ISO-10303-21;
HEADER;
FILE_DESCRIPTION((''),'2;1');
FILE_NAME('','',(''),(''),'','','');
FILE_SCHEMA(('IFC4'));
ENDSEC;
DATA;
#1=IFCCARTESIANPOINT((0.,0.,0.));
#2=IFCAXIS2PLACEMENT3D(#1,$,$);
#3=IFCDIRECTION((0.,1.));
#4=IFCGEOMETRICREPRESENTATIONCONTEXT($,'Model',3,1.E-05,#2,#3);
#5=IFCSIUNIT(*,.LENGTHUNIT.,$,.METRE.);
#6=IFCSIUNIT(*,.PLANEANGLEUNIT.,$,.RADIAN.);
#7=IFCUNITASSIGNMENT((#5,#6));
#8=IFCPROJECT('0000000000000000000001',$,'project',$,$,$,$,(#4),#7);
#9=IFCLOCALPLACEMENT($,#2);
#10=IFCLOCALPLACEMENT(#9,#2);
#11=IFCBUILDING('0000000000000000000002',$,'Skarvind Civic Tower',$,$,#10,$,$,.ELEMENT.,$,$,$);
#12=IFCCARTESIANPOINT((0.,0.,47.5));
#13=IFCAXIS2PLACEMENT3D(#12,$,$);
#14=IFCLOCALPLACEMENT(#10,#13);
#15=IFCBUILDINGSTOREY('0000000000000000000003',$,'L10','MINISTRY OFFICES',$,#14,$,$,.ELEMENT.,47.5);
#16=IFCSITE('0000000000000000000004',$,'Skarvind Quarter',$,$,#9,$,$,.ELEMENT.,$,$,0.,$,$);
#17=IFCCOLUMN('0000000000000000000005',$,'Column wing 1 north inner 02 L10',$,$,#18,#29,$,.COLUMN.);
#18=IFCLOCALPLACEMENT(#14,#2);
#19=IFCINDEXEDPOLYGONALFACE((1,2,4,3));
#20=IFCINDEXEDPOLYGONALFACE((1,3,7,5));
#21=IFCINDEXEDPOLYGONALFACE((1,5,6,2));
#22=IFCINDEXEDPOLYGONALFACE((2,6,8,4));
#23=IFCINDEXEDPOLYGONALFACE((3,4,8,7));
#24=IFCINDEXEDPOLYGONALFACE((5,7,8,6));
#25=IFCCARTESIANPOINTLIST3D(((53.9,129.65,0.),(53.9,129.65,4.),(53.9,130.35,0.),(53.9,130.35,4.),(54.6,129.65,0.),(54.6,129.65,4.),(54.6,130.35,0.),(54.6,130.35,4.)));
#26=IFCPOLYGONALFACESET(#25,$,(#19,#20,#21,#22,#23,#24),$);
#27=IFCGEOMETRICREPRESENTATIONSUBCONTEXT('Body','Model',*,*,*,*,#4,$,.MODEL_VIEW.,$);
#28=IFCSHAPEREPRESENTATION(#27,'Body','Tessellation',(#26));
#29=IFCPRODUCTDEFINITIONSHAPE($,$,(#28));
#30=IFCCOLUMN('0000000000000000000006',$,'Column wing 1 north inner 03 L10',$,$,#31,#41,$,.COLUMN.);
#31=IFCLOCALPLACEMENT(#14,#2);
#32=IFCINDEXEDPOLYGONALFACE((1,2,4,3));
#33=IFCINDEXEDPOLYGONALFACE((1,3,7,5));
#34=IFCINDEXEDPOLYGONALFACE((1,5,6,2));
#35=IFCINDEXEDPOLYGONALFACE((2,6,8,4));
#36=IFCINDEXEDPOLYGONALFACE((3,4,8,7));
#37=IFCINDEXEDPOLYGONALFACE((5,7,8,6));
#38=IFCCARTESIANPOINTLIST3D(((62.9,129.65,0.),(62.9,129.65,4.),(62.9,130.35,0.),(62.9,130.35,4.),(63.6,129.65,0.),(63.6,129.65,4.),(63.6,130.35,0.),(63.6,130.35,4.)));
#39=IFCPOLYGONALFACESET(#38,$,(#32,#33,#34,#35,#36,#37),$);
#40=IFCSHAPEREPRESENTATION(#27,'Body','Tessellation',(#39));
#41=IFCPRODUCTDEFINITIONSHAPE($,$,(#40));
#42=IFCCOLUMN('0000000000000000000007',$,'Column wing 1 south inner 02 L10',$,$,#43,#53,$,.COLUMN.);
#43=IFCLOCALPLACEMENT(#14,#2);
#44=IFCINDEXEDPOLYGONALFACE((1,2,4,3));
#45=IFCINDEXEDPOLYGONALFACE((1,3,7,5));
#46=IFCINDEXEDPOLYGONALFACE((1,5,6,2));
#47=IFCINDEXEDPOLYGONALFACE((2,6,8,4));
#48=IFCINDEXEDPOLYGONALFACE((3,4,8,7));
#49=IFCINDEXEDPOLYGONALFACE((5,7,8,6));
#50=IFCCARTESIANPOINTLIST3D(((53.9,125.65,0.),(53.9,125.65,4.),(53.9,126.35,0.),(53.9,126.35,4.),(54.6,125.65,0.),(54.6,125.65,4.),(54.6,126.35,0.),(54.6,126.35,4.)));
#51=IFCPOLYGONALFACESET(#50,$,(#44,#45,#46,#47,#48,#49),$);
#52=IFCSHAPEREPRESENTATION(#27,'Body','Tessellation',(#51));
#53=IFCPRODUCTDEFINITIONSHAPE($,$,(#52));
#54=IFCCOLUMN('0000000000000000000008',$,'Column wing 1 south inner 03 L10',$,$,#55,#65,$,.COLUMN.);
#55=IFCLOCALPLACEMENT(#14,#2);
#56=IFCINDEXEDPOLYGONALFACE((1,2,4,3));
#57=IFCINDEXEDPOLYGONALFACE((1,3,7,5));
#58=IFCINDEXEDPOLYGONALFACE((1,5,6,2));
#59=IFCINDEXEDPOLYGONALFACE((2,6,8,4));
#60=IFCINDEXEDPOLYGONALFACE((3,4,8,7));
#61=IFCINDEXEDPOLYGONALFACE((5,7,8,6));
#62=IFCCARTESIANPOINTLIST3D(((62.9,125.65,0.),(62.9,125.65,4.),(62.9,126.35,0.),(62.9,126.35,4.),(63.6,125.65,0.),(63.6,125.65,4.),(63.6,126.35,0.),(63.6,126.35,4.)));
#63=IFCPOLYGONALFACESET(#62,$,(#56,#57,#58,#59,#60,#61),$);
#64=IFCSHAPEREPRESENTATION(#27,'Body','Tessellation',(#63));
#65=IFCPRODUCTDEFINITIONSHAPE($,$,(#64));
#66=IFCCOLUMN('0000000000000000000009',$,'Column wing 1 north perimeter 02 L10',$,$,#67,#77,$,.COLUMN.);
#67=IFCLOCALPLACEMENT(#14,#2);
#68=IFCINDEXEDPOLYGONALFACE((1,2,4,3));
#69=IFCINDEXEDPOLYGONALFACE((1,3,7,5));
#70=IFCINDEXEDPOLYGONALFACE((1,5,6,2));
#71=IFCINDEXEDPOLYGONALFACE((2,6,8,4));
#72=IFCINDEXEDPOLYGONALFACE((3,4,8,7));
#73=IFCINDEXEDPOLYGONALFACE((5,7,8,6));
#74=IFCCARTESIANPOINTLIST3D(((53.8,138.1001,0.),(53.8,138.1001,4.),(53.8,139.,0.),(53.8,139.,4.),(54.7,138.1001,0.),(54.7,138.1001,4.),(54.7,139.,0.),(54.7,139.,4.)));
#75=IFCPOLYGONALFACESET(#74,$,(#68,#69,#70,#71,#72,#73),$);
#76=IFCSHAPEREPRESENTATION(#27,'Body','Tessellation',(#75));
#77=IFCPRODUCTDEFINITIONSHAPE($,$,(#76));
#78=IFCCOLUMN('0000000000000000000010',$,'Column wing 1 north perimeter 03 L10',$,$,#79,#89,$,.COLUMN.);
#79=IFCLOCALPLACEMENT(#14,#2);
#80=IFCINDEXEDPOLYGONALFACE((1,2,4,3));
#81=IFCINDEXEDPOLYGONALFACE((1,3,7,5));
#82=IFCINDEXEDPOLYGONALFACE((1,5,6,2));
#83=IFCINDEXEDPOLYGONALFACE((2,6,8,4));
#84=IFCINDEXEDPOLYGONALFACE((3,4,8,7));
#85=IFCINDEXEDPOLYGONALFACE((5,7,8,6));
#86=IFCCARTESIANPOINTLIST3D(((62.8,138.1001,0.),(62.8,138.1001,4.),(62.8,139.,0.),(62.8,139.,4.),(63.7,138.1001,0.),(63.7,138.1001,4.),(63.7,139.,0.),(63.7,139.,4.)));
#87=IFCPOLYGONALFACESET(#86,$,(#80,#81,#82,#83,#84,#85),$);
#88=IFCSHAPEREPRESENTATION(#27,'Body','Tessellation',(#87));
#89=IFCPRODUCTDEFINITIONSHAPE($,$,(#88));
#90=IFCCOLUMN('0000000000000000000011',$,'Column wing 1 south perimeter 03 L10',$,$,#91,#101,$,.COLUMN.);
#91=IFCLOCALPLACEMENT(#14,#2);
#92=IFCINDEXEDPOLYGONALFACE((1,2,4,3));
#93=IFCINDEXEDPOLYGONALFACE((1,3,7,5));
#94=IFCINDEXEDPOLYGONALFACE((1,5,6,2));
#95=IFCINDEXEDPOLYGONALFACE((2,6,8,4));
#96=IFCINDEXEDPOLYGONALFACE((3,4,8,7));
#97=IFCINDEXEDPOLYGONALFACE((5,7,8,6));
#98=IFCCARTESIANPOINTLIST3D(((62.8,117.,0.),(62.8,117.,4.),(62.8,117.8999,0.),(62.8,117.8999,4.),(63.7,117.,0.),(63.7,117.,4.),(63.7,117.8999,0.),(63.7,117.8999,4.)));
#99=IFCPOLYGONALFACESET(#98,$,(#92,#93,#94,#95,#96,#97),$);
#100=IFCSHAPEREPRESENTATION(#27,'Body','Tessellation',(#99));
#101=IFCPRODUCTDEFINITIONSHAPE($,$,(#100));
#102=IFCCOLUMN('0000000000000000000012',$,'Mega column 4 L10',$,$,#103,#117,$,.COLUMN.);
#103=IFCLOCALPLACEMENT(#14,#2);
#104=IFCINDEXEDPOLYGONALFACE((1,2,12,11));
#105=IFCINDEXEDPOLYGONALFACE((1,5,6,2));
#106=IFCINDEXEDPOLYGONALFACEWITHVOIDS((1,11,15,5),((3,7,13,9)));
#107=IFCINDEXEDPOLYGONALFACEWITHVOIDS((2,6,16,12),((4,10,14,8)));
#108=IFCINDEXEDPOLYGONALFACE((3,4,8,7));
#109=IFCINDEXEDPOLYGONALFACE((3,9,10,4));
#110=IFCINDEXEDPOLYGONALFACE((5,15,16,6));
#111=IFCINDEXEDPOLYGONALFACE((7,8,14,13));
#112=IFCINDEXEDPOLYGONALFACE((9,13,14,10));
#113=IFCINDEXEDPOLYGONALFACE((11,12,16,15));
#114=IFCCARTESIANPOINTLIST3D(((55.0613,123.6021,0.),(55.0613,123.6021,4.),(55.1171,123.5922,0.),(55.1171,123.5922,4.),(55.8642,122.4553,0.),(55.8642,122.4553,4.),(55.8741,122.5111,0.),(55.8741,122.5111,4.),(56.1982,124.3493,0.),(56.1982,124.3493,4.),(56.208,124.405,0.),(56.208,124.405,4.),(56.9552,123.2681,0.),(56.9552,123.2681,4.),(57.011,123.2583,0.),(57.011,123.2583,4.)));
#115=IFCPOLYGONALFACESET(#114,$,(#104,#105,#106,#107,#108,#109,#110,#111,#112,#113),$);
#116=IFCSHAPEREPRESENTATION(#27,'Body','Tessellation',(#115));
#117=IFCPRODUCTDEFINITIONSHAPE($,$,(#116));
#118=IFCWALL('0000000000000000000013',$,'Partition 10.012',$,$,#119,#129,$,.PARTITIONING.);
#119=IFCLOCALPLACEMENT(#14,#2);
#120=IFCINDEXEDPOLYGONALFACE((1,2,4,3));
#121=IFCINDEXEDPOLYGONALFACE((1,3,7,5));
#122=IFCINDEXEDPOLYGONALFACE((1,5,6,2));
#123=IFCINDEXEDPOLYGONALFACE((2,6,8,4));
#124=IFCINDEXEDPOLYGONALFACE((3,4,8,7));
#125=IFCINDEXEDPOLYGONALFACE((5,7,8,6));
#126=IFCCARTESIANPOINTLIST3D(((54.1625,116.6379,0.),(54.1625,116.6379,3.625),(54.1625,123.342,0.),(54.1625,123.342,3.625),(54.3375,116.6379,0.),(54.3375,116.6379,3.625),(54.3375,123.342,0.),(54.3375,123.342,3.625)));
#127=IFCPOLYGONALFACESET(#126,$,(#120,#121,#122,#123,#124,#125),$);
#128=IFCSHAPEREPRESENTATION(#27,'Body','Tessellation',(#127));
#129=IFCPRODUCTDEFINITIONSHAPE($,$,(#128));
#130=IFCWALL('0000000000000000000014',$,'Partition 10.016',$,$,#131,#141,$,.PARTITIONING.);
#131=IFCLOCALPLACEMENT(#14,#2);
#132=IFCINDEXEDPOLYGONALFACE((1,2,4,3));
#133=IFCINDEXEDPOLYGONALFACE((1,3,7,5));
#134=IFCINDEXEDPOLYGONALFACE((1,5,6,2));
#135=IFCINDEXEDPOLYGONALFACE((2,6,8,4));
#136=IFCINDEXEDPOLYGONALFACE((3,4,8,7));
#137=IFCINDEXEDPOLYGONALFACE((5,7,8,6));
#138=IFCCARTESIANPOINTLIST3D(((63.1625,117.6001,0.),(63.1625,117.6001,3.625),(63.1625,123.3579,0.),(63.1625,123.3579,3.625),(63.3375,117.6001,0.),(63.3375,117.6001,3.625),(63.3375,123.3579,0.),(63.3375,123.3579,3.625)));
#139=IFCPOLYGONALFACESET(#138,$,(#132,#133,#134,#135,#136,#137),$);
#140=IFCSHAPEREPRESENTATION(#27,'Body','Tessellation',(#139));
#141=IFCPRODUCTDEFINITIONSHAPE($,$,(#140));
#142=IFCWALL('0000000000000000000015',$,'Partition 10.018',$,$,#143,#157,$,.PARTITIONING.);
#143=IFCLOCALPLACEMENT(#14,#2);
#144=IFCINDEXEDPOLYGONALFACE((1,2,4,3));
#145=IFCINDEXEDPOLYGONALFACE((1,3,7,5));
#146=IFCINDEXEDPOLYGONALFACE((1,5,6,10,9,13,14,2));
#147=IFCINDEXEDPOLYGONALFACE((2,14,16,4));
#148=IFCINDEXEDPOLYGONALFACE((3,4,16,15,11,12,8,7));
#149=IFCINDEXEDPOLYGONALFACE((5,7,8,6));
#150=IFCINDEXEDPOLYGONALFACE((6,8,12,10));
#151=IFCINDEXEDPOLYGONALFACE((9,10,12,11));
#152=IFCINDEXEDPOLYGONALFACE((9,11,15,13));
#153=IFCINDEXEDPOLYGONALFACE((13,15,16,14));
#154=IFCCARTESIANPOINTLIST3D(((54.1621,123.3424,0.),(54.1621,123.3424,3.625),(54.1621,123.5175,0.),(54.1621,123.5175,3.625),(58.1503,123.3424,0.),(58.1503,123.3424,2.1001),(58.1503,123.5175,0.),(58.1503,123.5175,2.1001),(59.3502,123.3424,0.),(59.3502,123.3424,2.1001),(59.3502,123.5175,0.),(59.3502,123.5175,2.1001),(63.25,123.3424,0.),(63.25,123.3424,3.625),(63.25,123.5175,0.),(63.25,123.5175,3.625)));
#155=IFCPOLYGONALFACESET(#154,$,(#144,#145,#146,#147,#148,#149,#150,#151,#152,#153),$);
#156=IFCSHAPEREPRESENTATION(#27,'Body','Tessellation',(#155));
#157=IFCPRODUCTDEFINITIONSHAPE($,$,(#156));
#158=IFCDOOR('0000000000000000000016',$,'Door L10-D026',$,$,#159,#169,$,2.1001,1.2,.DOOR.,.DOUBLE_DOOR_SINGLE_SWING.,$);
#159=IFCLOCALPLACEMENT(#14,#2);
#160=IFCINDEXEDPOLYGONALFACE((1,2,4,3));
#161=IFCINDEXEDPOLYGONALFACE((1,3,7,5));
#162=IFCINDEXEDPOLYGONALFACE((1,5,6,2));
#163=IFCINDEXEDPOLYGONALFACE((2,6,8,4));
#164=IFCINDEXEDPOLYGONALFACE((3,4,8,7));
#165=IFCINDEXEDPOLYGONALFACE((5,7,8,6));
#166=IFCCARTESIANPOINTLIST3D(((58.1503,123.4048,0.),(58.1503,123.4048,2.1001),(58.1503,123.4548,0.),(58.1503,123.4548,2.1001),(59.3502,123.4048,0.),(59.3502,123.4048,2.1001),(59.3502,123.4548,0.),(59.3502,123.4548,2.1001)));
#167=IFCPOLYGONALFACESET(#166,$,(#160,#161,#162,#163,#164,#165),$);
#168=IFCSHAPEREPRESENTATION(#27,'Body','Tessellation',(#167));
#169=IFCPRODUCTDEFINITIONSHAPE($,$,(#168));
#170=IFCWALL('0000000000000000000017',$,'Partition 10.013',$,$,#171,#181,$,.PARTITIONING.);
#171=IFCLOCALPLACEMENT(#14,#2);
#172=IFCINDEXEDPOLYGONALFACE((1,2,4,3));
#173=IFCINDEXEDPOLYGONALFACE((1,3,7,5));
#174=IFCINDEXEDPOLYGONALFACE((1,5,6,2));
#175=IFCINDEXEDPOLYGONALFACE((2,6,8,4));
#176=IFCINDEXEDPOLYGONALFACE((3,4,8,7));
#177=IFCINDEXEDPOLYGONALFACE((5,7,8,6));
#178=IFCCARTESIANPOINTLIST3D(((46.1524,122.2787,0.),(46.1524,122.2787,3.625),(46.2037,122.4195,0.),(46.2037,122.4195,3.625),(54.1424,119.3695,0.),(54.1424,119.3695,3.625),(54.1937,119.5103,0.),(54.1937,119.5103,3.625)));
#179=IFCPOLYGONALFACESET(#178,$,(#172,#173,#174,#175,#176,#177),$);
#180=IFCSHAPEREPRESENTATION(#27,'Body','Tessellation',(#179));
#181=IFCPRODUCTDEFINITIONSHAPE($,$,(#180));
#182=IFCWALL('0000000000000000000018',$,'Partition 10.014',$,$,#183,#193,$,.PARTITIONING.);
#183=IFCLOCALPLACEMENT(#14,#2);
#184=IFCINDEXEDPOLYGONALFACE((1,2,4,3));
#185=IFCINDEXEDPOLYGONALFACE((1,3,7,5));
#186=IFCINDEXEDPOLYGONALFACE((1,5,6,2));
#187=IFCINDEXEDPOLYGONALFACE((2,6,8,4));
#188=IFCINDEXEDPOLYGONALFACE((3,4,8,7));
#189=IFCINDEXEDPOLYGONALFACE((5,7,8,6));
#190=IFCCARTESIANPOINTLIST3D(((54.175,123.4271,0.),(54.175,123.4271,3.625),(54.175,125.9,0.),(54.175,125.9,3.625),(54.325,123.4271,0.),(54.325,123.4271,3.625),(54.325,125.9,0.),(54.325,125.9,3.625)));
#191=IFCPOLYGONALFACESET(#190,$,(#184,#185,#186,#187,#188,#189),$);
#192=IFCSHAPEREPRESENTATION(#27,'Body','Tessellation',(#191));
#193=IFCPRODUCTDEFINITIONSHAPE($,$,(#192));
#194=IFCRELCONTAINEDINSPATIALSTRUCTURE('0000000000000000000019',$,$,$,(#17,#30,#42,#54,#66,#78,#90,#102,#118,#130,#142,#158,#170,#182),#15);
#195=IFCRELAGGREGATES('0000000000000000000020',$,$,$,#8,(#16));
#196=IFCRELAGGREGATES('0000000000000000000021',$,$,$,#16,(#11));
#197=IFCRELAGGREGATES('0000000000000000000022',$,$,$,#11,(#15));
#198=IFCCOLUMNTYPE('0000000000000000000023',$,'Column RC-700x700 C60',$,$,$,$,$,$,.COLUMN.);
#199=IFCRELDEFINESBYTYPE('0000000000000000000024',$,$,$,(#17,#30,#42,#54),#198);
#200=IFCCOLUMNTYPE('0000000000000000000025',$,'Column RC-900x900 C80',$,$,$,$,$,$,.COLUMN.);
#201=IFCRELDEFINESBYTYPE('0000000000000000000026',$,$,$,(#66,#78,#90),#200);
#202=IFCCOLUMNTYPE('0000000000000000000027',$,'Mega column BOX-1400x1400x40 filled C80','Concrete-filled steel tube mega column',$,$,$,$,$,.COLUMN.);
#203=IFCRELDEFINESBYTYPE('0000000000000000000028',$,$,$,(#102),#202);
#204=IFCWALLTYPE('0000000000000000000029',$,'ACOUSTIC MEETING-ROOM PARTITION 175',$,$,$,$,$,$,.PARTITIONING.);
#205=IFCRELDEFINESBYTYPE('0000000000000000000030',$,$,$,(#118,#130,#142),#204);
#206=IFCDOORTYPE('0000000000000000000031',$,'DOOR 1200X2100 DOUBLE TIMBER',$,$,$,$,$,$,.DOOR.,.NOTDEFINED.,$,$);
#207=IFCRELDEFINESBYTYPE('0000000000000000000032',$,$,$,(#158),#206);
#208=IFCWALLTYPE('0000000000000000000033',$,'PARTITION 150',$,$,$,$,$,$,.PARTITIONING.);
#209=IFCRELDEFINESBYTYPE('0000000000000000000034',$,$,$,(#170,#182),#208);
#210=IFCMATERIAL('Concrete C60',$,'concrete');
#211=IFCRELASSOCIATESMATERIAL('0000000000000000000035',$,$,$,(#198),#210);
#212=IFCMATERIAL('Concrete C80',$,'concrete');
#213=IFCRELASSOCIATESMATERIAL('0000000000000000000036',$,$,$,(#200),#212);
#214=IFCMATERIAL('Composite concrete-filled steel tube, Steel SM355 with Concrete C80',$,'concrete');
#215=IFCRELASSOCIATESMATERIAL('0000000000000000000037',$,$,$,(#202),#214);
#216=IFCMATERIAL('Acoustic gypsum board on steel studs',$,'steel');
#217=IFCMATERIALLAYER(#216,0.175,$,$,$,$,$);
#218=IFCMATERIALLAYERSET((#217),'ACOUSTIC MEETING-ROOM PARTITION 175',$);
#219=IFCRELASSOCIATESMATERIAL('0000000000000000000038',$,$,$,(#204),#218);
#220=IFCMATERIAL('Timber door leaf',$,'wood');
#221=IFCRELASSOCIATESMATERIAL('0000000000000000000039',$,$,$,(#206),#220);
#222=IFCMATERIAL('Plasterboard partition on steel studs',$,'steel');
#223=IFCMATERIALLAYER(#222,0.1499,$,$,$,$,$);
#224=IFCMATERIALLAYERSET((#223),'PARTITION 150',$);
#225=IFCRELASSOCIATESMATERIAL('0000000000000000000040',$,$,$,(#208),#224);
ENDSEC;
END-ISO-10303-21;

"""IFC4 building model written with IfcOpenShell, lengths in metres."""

from ifc_helpers import new_model, si_unit, direction, frame, frame_2d, origin, origin_2d, place, context, subcontext, project, spatial, rectangle, hollow_rectangle, extrude, material, layer, layer_set, material_profile, profile_set, type_object, element, fill, save


model = new_model("IFC4")

# Units and contexts
model_context = context("Model", 3, precision=1e-05, world=origin(), true_north=direction((0.0, 1.0)))
body_context = subcontext(model_context, "Body", "Model", "MODEL_VIEW")
ifc_project = project(units=[si_unit("LENGTHUNIT", "METRE"), si_unit("PLANEANGLEUNIT", "RADIAN")], contexts=[model_context])

# Site, building, storey
site_placement = place(None, origin())
site = spatial("IfcSite", under=ifc_project, at=site_placement, Name="Skarvind Quarter", CompositionType="ELEMENT", RefElevation=0.0)
building_placement = place(site_placement, origin())
building = spatial("IfcBuilding", under=site, at=building_placement, Name="Skarvind Civic Tower", CompositionType="ELEMENT")
storey_placement = place(building_placement, frame((0.0, 0.0, 47.5)))
storey = spatial("IfcBuildingStorey", under=building, at=storey_placement, Name="L10", Description="MINISTRY OFFICES", CompositionType="ELEMENT", Elevation=47.5)

# Columns
ifc_material_1 = material(Name="Concrete C60", Category="concrete")
ifc_material_profile_1 = material_profile(ifc_material_1, rectangle(XDim=0.7, YDim=0.7, at=origin_2d()), Name="RC-700x700")
ifc_profile_set_1 = profile_set([ifc_material_profile_1], Name="Concrete C60")
column_type_1 = type_object("IfcColumnType", Name="Column RC-700x700 C60", PredefinedType="COLUMN", material=ifc_profile_set_1)
for number, where, z_axis, x_axis, name in (
    (1, (54.25, 130.0, 0.0), (0.0, 0.0, 1.0), (1.0, 0.0, 0.0), "Column wing 1 north inner 02 L10"),
    (2, (63.25, 130.0, 0.0), (0.0, 0.0, 1.0), (1.0, 0.0, 0.0), "Column wing 1 north inner 03 L10"),
    (3, (54.25, 126.0, 0.0), (0.0, 0.0, 1.0), (1.0, 0.0, 0.0), "Column wing 1 south inner 02 L10"),
    (4, (63.25, 126.0, 0.0), (0.0, 0.0, 1.0), (1.0, 0.0, 0.0), "Column wing 1 south inner 03 L10"),
):
    element("IfcColumn", number, at=place(storey_placement, frame(where, z_axis=z_axis, x_axis=x_axis)), inside=storey, type_object=column_type_1, Name=name, PredefinedType="COLUMN", context=body_context, shape_type="SweptSolid", body=[
        extrude(rectangle(XDim=0.7, YDim=0.7, at=origin_2d()), origin(), (0.0, 0.0, 1.0), 4.0),
    ])
ifc_material_2 = material(Name="Concrete C80", Category="concrete")
ifc_material_profile_2 = material_profile(ifc_material_2, rectangle(XDim=0.8999, YDim=0.8999, at=origin_2d()), Name="RC-900x900")
ifc_profile_set_2 = profile_set([ifc_material_profile_2], Name="Concrete C80")
column_type_2 = type_object("IfcColumnType", Name="Column RC-900x900 C80", PredefinedType="COLUMN", material=ifc_profile_set_2)
for number, where, z_axis, x_axis, name in (
    (5, (54.25, 138.55, 0.0), (0.0, 0.0, 1.0), (1.0, 0.0, 0.0), "Column wing 1 north perimeter 02 L10"),
    (6, (63.25, 138.55, 0.0), (0.0, 0.0, 1.0), (1.0, 0.0, 0.0), "Column wing 1 north perimeter 03 L10"),
    (7, (63.25, 117.45, 0.0), (0.0, 0.0, 1.0), (1.0, 0.0, 0.0), "Column wing 1 south perimeter 03 L10"),
):
    element("IfcColumn", number, at=place(storey_placement, frame(where, z_axis=z_axis, x_axis=x_axis)), inside=storey, type_object=column_type_2, Name=name, PredefinedType="COLUMN", context=body_context, shape_type="SweptSolid", body=[
        extrude(rectangle(XDim=0.8999, YDim=0.8999, at=origin_2d()), origin(), (0.0, 0.0, 1.0), 4.0),
    ])
ifc_material_3 = material(Name="Composite concrete-filled steel tube, Steel SM355 with Concrete C80", Category="concrete")
ifc_material_profile_3 = material_profile(ifc_material_3, hollow_rectangle(XDim=1.3999, YDim=1.3999, WallThickness=0.04, at=origin_2d()), Name="BOX-1400x1400x40")
ifc_profile_set_3 = profile_set([ifc_material_profile_3], Name="Composite concrete-filled steel tube, Steel SM355 with Concrete C80")
column_type_3 = type_object("IfcColumnType", Name="Mega column BOX-1400x1400x40 filled C80", Description="Concrete-filled steel tube mega column", PredefinedType="COLUMN", material=ifc_profile_set_3)
column_placement = place(storey_placement, frame((56.0361, 123.4302, 0.0), z_axis=(0.0, 0.0, 1.0), x_axis=(0.573576, -0.819152, 0.0)))
element("IfcColumn", 8, at=column_placement, inside=storey, type_object=column_type_3, Name="Mega column 4 L10", PredefinedType="COLUMN", context=body_context, shape_type="SweptSolid", body=[
    extrude(hollow_rectangle(XDim=1.3999, YDim=1.3999, WallThickness=0.04, at=origin_2d()), origin(), (0.0, 0.0, 1.0), 4.0),
])

# Walls
ifc_material_4 = material(Name="Acoustic gypsum board on steel studs", Category="steel")
ifc_layer_1 = layer(ifc_material_4, 0.175)
ifc_layer_set_1 = layer_set([ifc_layer_1], Name="ACOUSTIC MEETING-ROOM PARTITION 175")
wall_type_1 = type_object("IfcWallType", Name="ACOUSTIC MEETING-ROOM PARTITION 175", PredefinedType="PARTITIONING", material=ifc_layer_set_1)
wall_1_placement = place(storey_placement, frame((54.25, 116.6379, 0.0), z_axis=(0.0, 0.0, 1.0), x_axis=(0.0, 1.0, 0.0)))
element("IfcWall", 9, at=wall_1_placement, inside=storey, type_object=wall_type_1, Name="Partition 10.012", PredefinedType="PARTITIONING", context=body_context, shape_type="SweptSolid", body=[
    extrude(rectangle(XDim=6.7041, YDim=0.175, at=frame_2d((3.3521, 0.0))), origin(), (0.0, 0.0, 1.0), 3.625),
])
wall_2_placement = place(storey_placement, frame((63.25, 117.6001, 0.0), z_axis=(0.0, 0.0, 1.0), x_axis=(0.0, 1.0, 0.0)))
element("IfcWall", 10, at=wall_2_placement, inside=storey, type_object=wall_type_1, Name="Partition 10.016", PredefinedType="PARTITIONING", context=body_context, shape_type="SweptSolid", body=[
    extrude(rectangle(XDim=5.7578, YDim=0.175, at=frame_2d((2.8789, 0.0))), origin(), (0.0, 0.0, 1.0), 3.625),
])

# Wall, opening, door
wall_3_placement = place(storey_placement, frame((54.1621, 123.4299, 0.0), z_axis=(0.0, 0.0, 1.0), x_axis=(1.0, 0.0, 0.0)))
wall_3 = element("IfcWall", 11, at=wall_3_placement, inside=storey, type_object=wall_type_1, Name="Partition 10.018", PredefinedType="PARTITIONING", context=body_context, shape_type="SweptSolid", body=[
    extrude(rectangle(XDim=9.0879, YDim=0.175, at=frame_2d((4.5439, 0.0))), origin(), (0.0, 0.0, 1.0), 3.625),
])
opening_placement = place(wall_3_placement, frame((3.988, 0.0, 0.0)))
opening = element("IfcOpeningElement", 12, at=opening_placement, cuts=wall_3, PredefinedType="OPENING", context=body_context, shape_type="SweptSolid", body=[
    extrude(rectangle(XDim=1.2, YDim=2.1001, at=frame_2d((0.6001, 1.05))), frame((0.0, 0.0974, 0.0), z_axis=(0.0, -1.0, 0.0), x_axis=(1.0, 0.0, 0.0)), (0.0, 0.0, 1.0), 0.1951),
])
ifc_material_5 = material(Name="Timber door leaf", Category="wood")
door_type = type_object("IfcDoorType", Name="DOOR 1200X2100 DOUBLE TIMBER", OperationType="NOTDEFINED", PredefinedType="DOOR", material=ifc_material_5)
door_placement = place(opening_placement, origin())
door = element("IfcDoor", 13, at=door_placement, inside=storey, type_object=door_type, Name="Door L10-D026", OperationType="DOUBLE_DOOR_SINGLE_SWING", OverallHeight=2.1001, OverallWidth=1.2, PredefinedType="DOOR", context=body_context, shape_type="SweptSolid", body=[
    extrude(rectangle(XDim=1.2, YDim=2.1001, at=frame_2d((0.6001, 1.05))), frame((0.0, 0.0249, 0.0), z_axis=(0.0, -1.0, 0.0), x_axis=(1.0, 0.0, 0.0)), (0.0, 0.0, 1.0), 0.05),
])
fill(opening, door)

# Walls
ifc_material_6 = material(Name="Plasterboard partition on steel studs", Category="steel")
ifc_layer_2 = layer(ifc_material_6, 0.1499)
ifc_layer_set_2 = layer_set([ifc_layer_2], Name="PARTITION 150")
wall_type_2 = type_object("IfcWallType", Name="PARTITION 150", PredefinedType="PARTITIONING", material=ifc_layer_set_2)
wall_4_placement = place(storey_placement, frame((54.168, 119.4399, 0.0), z_axis=(0.0, 0.0, 1.0), x_axis=(-0.939653, 0.34213, 0.0)))
element("IfcWall", 14, at=wall_4_placement, inside=storey, type_object=wall_type_2, Name="Partition 10.013", PredefinedType="PARTITIONING", context=body_context, shape_type="SweptSolid", body=[
    extrude(rectangle(XDim=8.5032, YDim=0.1499, at=frame_2d((4.2515, 0.0))), origin(), (0.0, 0.0, 1.0), 3.625),
])
wall_5_placement = place(storey_placement, frame((54.25, 125.8999, 0.0), z_axis=(0.0, 0.0, 1.0), x_axis=(0.0, -1.0, 0.0)))
element("IfcWall", 15, at=wall_5_placement, inside=storey, type_object=wall_type_2, Name="Partition 10.014", PredefinedType="PARTITIONING", context=body_context, shape_type="SweptSolid", body=[
    extrude(rectangle(XDim=2.4729, YDim=0.1499, at=frame_2d((1.2363, 0.0))), origin(), (0.0, 0.0, 1.0), 3.625),
])

save(model, "model.ifc")
